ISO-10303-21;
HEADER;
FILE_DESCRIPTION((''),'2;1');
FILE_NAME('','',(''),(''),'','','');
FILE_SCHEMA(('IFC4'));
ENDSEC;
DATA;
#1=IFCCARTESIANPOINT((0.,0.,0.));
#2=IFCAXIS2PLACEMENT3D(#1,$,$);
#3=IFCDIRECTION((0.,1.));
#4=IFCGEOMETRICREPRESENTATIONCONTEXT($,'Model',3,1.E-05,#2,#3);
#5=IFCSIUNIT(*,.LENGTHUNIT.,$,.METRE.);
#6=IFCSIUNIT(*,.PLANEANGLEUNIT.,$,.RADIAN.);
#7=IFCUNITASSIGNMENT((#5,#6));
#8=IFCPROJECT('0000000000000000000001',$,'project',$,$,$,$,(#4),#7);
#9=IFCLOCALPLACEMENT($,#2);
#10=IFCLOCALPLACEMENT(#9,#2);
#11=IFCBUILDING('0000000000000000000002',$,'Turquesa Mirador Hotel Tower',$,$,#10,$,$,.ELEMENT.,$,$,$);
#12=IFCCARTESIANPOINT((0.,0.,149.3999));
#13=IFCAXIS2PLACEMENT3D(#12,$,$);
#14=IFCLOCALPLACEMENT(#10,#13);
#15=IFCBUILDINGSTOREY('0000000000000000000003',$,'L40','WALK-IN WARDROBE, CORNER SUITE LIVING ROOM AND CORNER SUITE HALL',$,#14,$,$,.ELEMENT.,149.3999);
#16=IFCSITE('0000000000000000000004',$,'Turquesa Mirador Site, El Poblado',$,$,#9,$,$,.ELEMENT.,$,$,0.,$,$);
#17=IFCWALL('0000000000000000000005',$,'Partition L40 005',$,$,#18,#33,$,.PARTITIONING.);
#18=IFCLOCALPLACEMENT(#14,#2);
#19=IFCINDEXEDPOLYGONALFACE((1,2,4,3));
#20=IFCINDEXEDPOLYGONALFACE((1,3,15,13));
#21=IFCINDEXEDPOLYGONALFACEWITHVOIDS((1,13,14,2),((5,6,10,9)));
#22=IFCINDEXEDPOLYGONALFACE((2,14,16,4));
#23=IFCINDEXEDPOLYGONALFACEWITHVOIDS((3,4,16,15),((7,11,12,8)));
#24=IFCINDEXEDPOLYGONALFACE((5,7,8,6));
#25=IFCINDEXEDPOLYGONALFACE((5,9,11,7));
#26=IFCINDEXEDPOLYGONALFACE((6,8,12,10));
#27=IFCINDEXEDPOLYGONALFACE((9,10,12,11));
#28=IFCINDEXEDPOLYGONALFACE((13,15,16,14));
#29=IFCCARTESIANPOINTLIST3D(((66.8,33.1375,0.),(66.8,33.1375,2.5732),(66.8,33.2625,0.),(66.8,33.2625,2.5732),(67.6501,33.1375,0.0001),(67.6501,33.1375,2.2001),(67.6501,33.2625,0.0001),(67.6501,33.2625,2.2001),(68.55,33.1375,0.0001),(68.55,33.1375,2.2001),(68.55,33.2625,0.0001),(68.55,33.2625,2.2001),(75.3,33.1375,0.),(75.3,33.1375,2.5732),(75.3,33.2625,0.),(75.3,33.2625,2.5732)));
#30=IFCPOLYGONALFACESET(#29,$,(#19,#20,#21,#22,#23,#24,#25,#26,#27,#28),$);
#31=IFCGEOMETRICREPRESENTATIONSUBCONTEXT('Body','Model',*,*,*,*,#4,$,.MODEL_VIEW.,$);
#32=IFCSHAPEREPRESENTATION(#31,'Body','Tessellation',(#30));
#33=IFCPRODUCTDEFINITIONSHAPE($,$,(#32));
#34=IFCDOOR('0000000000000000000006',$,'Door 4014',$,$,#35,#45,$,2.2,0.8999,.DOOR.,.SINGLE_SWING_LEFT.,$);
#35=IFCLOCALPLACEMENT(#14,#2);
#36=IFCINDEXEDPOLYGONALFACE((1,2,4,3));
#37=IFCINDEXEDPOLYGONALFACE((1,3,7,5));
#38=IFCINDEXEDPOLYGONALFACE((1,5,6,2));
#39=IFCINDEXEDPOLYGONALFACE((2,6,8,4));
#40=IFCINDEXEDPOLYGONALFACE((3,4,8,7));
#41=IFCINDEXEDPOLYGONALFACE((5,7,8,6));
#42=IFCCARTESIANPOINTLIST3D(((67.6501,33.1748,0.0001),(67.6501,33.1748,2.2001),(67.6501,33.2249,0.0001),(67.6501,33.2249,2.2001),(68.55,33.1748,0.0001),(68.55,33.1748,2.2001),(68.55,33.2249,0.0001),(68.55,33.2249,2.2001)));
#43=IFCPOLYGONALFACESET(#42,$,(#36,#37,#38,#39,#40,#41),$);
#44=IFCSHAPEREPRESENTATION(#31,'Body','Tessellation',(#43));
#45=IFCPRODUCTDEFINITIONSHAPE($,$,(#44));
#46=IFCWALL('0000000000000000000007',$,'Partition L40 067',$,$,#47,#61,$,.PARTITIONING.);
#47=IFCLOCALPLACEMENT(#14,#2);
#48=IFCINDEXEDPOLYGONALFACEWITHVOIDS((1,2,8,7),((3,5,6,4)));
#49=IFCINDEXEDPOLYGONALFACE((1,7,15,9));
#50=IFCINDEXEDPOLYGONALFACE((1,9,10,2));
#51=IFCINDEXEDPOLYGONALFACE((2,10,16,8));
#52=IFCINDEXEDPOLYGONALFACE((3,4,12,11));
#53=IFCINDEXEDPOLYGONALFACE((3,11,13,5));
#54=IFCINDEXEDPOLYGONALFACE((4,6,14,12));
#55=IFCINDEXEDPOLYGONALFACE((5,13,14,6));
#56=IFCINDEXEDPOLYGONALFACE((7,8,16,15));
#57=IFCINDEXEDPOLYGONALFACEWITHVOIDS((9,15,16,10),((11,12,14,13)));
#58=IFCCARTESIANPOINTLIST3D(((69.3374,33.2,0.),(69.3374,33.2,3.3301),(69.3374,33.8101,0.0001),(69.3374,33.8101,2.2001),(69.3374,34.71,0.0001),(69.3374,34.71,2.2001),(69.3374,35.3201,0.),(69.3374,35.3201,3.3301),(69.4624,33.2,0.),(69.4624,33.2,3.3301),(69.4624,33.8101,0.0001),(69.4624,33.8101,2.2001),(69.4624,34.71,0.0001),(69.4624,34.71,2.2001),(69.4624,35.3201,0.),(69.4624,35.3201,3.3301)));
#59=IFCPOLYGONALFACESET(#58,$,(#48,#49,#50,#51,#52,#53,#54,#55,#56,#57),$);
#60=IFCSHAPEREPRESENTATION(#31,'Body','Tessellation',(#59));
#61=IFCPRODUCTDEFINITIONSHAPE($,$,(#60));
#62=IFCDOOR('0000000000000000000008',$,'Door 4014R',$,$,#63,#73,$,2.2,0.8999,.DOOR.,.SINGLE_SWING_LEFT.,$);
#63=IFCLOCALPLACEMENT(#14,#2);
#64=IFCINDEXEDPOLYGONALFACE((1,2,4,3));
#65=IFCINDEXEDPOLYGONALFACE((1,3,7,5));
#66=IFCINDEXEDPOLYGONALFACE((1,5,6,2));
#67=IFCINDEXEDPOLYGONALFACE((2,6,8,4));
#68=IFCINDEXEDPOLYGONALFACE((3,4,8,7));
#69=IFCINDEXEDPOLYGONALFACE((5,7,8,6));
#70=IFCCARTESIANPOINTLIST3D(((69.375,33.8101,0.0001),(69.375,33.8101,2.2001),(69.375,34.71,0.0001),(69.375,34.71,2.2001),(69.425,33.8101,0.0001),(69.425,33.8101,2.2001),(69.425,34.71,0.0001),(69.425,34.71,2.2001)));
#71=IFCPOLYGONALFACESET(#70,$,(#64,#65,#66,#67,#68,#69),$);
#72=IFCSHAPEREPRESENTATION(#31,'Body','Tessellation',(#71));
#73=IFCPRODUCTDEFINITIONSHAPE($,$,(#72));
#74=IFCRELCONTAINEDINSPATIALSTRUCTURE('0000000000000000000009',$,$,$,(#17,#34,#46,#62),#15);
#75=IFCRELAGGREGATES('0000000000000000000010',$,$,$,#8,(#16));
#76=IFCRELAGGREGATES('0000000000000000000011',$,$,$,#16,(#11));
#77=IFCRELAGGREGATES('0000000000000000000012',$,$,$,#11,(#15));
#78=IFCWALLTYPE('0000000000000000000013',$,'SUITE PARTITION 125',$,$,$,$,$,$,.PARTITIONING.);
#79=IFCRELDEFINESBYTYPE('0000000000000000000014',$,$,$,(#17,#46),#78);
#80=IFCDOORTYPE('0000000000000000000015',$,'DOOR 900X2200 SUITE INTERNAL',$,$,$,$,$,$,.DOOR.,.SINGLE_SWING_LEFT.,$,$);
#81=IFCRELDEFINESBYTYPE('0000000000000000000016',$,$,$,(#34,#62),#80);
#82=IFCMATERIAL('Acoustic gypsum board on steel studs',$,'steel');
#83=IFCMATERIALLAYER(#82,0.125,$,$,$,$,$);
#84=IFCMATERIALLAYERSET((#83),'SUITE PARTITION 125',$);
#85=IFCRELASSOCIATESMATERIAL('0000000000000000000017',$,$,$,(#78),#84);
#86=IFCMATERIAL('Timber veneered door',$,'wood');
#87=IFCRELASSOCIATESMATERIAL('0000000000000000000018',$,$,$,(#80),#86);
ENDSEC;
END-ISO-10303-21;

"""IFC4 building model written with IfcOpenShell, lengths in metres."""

from ifc_helpers import new_model, si_unit, direction, frame, frame_2d, origin, place, context, subcontext, project, spatial, rectangle, extrude, material, layer, layer_set, type_object, element, fill, save


model = new_model("IFC4")

# Units and contexts
model_context = context("Model", 3, precision=1e-05, world=origin(), true_north=direction((0.0, 1.0)))
body_context = subcontext(model_context, "Body", "Model", "MODEL_VIEW")
ifc_project = project(units=[si_unit("LENGTHUNIT", "METRE"), si_unit("PLANEANGLEUNIT", "RADIAN")], contexts=[model_context])

# Site, building, storey
site_placement = place(None, origin())
site = spatial("IfcSite", under=ifc_project, at=site_placement, Name="Turquesa Mirador Site, El Poblado", CompositionType="ELEMENT", RefElevation=0.0)
building_placement = place(site_placement, origin())
building = spatial("IfcBuilding", under=site, at=building_placement, Name="Turquesa Mirador Hotel Tower", CompositionType="ELEMENT")
storey_placement = place(building_placement, frame((0.0, 0.0, 149.3999)))
storey = spatial("IfcBuildingStorey", under=building, at=storey_placement, Name="L40", Description="WALK-IN WARDROBE, CORNER SUITE LIVING ROOM AND CORNER SUITE HALL", CompositionType="ELEMENT", Elevation=149.3999)

# Walls, openings, doors
ifc_material_1 = material(Name="Acoustic gypsum board on steel studs", Category="steel")
ifc_layer_1 = layer(ifc_material_1, 0.125)
ifc_layer_set_1 = layer_set([ifc_layer_1], Name="SUITE PARTITION 125")
wall_type_1 = type_object("IfcWallType", Name="SUITE PARTITION 125", PredefinedType="PARTITIONING", material=ifc_layer_set_1)
wall_1_placement = place(storey_placement, frame((66.8, 33.2, 0.0), z_axis=(0.0, 0.0, 1.0), x_axis=(1.0, 0.0, 0.0)))
wall_1 = element("IfcWall", 1, at=wall_1_placement, inside=storey, type_object=wall_type_1, Name="Partition L40 005", PredefinedType="PARTITIONING", context=body_context, shape_type="SweptSolid", body=[
    extrude(rectangle(XDim=8.5, YDim=0.125, at=frame_2d((4.25, 0.0))), origin(), (0.0, 0.0, 1.0), 2.5732),
])
opening_1_placement = place(wall_1_placement, frame((0.8501, 0.0, 0.0)))
opening_1 = element("IfcOpeningElement", 2, at=opening_1_placement, cuts=wall_1, PredefinedType="OPENING", context=body_context, shape_type="SweptSolid", body=[
    extrude(rectangle(XDim=0.8999, YDim=2.2, at=frame_2d((0.45, 1.1001))), frame((0.0, 0.0725, 0.0), z_axis=(0.0, -1.0, 0.0), x_axis=(1.0, 0.0, 0.0)), (0.0, 0.0, 1.0), 0.145),
])
ifc_material_2 = material(Name="Timber veneered door", Category="wood")
door_type_1 = type_object("IfcDoorType", Name="DOOR 900X2200 SUITE INTERNAL", OperationType="SINGLE_SWING_LEFT", PredefinedType="DOOR", material=ifc_material_2)
door_1_placement = place(opening_1_placement, origin())
door_1 = element("IfcDoor", 3, at=door_1_placement, inside=storey, type_object=door_type_1, Name="Door 4014", OperationType="SINGLE_SWING_LEFT", OverallHeight=2.2, OverallWidth=0.8999, PredefinedType="DOOR", context=body_context, shape_type="SweptSolid", body=[
    extrude(rectangle(XDim=0.8999, YDim=2.2, at=frame_2d((0.45, 1.1001))), frame((0.0, 0.0249, 0.0), z_axis=(0.0, -1.0, 0.0), x_axis=(1.0, 0.0, 0.0)), (0.0, 0.0, 1.0), 0.05),
])
fill(opening_1, door_1)
wall_2_placement = place(storey_placement, frame((69.3999, 33.2, 0.0), z_axis=(0.0, 0.0, 1.0), x_axis=(0.0, 1.0, 0.0)))
wall_2 = element("IfcWall", 4, at=wall_2_placement, inside=storey, type_object=wall_type_1, Name="Partition L40 067", PredefinedType="PARTITIONING", context=body_context, shape_type="SweptSolid", body=[
    extrude(rectangle(XDim=2.1201, YDim=0.125, at=frame_2d((1.0601, 0.0))), origin(), (0.0, 0.0, 1.0), 3.3301),
])
opening_2_placement = place(wall_2_placement, frame((0.6101, 0.0, 0.0)))
opening_2 = element("IfcOpeningElement", 5, at=opening_2_placement, cuts=wall_2, PredefinedType="OPENING", context=body_context, shape_type="SweptSolid", body=[
    extrude(rectangle(XDim=0.8999, YDim=2.2, at=frame_2d((0.45, 1.1001))), frame((0.0, 0.0725, 0.0), z_axis=(0.0, -1.0, 0.0), x_axis=(1.0, 0.0, 0.0)), (0.0, 0.0, 1.0), 0.145),
])
door_2_placement = place(opening_2_placement, origin())
door_2 = element("IfcDoor", 6, at=door_2_placement, inside=storey, type_object=door_type_1, Name="Door 4014R", OperationType="SINGLE_SWING_LEFT", OverallHeight=2.2, OverallWidth=0.8999, PredefinedType="DOOR", context=body_context, shape_type="SweptSolid", body=[
    extrude(rectangle(XDim=0.8999, YDim=2.2, at=frame_2d((0.45, 1.1001))), frame((0.0, 0.0249, 0.0), z_axis=(0.0, -1.0, 0.0), x_axis=(1.0, 0.0, 0.0)), (0.0, 0.0, 1.0), 0.05),
])
fill(opening_2, door_2)

save(model, "model.ifc")
